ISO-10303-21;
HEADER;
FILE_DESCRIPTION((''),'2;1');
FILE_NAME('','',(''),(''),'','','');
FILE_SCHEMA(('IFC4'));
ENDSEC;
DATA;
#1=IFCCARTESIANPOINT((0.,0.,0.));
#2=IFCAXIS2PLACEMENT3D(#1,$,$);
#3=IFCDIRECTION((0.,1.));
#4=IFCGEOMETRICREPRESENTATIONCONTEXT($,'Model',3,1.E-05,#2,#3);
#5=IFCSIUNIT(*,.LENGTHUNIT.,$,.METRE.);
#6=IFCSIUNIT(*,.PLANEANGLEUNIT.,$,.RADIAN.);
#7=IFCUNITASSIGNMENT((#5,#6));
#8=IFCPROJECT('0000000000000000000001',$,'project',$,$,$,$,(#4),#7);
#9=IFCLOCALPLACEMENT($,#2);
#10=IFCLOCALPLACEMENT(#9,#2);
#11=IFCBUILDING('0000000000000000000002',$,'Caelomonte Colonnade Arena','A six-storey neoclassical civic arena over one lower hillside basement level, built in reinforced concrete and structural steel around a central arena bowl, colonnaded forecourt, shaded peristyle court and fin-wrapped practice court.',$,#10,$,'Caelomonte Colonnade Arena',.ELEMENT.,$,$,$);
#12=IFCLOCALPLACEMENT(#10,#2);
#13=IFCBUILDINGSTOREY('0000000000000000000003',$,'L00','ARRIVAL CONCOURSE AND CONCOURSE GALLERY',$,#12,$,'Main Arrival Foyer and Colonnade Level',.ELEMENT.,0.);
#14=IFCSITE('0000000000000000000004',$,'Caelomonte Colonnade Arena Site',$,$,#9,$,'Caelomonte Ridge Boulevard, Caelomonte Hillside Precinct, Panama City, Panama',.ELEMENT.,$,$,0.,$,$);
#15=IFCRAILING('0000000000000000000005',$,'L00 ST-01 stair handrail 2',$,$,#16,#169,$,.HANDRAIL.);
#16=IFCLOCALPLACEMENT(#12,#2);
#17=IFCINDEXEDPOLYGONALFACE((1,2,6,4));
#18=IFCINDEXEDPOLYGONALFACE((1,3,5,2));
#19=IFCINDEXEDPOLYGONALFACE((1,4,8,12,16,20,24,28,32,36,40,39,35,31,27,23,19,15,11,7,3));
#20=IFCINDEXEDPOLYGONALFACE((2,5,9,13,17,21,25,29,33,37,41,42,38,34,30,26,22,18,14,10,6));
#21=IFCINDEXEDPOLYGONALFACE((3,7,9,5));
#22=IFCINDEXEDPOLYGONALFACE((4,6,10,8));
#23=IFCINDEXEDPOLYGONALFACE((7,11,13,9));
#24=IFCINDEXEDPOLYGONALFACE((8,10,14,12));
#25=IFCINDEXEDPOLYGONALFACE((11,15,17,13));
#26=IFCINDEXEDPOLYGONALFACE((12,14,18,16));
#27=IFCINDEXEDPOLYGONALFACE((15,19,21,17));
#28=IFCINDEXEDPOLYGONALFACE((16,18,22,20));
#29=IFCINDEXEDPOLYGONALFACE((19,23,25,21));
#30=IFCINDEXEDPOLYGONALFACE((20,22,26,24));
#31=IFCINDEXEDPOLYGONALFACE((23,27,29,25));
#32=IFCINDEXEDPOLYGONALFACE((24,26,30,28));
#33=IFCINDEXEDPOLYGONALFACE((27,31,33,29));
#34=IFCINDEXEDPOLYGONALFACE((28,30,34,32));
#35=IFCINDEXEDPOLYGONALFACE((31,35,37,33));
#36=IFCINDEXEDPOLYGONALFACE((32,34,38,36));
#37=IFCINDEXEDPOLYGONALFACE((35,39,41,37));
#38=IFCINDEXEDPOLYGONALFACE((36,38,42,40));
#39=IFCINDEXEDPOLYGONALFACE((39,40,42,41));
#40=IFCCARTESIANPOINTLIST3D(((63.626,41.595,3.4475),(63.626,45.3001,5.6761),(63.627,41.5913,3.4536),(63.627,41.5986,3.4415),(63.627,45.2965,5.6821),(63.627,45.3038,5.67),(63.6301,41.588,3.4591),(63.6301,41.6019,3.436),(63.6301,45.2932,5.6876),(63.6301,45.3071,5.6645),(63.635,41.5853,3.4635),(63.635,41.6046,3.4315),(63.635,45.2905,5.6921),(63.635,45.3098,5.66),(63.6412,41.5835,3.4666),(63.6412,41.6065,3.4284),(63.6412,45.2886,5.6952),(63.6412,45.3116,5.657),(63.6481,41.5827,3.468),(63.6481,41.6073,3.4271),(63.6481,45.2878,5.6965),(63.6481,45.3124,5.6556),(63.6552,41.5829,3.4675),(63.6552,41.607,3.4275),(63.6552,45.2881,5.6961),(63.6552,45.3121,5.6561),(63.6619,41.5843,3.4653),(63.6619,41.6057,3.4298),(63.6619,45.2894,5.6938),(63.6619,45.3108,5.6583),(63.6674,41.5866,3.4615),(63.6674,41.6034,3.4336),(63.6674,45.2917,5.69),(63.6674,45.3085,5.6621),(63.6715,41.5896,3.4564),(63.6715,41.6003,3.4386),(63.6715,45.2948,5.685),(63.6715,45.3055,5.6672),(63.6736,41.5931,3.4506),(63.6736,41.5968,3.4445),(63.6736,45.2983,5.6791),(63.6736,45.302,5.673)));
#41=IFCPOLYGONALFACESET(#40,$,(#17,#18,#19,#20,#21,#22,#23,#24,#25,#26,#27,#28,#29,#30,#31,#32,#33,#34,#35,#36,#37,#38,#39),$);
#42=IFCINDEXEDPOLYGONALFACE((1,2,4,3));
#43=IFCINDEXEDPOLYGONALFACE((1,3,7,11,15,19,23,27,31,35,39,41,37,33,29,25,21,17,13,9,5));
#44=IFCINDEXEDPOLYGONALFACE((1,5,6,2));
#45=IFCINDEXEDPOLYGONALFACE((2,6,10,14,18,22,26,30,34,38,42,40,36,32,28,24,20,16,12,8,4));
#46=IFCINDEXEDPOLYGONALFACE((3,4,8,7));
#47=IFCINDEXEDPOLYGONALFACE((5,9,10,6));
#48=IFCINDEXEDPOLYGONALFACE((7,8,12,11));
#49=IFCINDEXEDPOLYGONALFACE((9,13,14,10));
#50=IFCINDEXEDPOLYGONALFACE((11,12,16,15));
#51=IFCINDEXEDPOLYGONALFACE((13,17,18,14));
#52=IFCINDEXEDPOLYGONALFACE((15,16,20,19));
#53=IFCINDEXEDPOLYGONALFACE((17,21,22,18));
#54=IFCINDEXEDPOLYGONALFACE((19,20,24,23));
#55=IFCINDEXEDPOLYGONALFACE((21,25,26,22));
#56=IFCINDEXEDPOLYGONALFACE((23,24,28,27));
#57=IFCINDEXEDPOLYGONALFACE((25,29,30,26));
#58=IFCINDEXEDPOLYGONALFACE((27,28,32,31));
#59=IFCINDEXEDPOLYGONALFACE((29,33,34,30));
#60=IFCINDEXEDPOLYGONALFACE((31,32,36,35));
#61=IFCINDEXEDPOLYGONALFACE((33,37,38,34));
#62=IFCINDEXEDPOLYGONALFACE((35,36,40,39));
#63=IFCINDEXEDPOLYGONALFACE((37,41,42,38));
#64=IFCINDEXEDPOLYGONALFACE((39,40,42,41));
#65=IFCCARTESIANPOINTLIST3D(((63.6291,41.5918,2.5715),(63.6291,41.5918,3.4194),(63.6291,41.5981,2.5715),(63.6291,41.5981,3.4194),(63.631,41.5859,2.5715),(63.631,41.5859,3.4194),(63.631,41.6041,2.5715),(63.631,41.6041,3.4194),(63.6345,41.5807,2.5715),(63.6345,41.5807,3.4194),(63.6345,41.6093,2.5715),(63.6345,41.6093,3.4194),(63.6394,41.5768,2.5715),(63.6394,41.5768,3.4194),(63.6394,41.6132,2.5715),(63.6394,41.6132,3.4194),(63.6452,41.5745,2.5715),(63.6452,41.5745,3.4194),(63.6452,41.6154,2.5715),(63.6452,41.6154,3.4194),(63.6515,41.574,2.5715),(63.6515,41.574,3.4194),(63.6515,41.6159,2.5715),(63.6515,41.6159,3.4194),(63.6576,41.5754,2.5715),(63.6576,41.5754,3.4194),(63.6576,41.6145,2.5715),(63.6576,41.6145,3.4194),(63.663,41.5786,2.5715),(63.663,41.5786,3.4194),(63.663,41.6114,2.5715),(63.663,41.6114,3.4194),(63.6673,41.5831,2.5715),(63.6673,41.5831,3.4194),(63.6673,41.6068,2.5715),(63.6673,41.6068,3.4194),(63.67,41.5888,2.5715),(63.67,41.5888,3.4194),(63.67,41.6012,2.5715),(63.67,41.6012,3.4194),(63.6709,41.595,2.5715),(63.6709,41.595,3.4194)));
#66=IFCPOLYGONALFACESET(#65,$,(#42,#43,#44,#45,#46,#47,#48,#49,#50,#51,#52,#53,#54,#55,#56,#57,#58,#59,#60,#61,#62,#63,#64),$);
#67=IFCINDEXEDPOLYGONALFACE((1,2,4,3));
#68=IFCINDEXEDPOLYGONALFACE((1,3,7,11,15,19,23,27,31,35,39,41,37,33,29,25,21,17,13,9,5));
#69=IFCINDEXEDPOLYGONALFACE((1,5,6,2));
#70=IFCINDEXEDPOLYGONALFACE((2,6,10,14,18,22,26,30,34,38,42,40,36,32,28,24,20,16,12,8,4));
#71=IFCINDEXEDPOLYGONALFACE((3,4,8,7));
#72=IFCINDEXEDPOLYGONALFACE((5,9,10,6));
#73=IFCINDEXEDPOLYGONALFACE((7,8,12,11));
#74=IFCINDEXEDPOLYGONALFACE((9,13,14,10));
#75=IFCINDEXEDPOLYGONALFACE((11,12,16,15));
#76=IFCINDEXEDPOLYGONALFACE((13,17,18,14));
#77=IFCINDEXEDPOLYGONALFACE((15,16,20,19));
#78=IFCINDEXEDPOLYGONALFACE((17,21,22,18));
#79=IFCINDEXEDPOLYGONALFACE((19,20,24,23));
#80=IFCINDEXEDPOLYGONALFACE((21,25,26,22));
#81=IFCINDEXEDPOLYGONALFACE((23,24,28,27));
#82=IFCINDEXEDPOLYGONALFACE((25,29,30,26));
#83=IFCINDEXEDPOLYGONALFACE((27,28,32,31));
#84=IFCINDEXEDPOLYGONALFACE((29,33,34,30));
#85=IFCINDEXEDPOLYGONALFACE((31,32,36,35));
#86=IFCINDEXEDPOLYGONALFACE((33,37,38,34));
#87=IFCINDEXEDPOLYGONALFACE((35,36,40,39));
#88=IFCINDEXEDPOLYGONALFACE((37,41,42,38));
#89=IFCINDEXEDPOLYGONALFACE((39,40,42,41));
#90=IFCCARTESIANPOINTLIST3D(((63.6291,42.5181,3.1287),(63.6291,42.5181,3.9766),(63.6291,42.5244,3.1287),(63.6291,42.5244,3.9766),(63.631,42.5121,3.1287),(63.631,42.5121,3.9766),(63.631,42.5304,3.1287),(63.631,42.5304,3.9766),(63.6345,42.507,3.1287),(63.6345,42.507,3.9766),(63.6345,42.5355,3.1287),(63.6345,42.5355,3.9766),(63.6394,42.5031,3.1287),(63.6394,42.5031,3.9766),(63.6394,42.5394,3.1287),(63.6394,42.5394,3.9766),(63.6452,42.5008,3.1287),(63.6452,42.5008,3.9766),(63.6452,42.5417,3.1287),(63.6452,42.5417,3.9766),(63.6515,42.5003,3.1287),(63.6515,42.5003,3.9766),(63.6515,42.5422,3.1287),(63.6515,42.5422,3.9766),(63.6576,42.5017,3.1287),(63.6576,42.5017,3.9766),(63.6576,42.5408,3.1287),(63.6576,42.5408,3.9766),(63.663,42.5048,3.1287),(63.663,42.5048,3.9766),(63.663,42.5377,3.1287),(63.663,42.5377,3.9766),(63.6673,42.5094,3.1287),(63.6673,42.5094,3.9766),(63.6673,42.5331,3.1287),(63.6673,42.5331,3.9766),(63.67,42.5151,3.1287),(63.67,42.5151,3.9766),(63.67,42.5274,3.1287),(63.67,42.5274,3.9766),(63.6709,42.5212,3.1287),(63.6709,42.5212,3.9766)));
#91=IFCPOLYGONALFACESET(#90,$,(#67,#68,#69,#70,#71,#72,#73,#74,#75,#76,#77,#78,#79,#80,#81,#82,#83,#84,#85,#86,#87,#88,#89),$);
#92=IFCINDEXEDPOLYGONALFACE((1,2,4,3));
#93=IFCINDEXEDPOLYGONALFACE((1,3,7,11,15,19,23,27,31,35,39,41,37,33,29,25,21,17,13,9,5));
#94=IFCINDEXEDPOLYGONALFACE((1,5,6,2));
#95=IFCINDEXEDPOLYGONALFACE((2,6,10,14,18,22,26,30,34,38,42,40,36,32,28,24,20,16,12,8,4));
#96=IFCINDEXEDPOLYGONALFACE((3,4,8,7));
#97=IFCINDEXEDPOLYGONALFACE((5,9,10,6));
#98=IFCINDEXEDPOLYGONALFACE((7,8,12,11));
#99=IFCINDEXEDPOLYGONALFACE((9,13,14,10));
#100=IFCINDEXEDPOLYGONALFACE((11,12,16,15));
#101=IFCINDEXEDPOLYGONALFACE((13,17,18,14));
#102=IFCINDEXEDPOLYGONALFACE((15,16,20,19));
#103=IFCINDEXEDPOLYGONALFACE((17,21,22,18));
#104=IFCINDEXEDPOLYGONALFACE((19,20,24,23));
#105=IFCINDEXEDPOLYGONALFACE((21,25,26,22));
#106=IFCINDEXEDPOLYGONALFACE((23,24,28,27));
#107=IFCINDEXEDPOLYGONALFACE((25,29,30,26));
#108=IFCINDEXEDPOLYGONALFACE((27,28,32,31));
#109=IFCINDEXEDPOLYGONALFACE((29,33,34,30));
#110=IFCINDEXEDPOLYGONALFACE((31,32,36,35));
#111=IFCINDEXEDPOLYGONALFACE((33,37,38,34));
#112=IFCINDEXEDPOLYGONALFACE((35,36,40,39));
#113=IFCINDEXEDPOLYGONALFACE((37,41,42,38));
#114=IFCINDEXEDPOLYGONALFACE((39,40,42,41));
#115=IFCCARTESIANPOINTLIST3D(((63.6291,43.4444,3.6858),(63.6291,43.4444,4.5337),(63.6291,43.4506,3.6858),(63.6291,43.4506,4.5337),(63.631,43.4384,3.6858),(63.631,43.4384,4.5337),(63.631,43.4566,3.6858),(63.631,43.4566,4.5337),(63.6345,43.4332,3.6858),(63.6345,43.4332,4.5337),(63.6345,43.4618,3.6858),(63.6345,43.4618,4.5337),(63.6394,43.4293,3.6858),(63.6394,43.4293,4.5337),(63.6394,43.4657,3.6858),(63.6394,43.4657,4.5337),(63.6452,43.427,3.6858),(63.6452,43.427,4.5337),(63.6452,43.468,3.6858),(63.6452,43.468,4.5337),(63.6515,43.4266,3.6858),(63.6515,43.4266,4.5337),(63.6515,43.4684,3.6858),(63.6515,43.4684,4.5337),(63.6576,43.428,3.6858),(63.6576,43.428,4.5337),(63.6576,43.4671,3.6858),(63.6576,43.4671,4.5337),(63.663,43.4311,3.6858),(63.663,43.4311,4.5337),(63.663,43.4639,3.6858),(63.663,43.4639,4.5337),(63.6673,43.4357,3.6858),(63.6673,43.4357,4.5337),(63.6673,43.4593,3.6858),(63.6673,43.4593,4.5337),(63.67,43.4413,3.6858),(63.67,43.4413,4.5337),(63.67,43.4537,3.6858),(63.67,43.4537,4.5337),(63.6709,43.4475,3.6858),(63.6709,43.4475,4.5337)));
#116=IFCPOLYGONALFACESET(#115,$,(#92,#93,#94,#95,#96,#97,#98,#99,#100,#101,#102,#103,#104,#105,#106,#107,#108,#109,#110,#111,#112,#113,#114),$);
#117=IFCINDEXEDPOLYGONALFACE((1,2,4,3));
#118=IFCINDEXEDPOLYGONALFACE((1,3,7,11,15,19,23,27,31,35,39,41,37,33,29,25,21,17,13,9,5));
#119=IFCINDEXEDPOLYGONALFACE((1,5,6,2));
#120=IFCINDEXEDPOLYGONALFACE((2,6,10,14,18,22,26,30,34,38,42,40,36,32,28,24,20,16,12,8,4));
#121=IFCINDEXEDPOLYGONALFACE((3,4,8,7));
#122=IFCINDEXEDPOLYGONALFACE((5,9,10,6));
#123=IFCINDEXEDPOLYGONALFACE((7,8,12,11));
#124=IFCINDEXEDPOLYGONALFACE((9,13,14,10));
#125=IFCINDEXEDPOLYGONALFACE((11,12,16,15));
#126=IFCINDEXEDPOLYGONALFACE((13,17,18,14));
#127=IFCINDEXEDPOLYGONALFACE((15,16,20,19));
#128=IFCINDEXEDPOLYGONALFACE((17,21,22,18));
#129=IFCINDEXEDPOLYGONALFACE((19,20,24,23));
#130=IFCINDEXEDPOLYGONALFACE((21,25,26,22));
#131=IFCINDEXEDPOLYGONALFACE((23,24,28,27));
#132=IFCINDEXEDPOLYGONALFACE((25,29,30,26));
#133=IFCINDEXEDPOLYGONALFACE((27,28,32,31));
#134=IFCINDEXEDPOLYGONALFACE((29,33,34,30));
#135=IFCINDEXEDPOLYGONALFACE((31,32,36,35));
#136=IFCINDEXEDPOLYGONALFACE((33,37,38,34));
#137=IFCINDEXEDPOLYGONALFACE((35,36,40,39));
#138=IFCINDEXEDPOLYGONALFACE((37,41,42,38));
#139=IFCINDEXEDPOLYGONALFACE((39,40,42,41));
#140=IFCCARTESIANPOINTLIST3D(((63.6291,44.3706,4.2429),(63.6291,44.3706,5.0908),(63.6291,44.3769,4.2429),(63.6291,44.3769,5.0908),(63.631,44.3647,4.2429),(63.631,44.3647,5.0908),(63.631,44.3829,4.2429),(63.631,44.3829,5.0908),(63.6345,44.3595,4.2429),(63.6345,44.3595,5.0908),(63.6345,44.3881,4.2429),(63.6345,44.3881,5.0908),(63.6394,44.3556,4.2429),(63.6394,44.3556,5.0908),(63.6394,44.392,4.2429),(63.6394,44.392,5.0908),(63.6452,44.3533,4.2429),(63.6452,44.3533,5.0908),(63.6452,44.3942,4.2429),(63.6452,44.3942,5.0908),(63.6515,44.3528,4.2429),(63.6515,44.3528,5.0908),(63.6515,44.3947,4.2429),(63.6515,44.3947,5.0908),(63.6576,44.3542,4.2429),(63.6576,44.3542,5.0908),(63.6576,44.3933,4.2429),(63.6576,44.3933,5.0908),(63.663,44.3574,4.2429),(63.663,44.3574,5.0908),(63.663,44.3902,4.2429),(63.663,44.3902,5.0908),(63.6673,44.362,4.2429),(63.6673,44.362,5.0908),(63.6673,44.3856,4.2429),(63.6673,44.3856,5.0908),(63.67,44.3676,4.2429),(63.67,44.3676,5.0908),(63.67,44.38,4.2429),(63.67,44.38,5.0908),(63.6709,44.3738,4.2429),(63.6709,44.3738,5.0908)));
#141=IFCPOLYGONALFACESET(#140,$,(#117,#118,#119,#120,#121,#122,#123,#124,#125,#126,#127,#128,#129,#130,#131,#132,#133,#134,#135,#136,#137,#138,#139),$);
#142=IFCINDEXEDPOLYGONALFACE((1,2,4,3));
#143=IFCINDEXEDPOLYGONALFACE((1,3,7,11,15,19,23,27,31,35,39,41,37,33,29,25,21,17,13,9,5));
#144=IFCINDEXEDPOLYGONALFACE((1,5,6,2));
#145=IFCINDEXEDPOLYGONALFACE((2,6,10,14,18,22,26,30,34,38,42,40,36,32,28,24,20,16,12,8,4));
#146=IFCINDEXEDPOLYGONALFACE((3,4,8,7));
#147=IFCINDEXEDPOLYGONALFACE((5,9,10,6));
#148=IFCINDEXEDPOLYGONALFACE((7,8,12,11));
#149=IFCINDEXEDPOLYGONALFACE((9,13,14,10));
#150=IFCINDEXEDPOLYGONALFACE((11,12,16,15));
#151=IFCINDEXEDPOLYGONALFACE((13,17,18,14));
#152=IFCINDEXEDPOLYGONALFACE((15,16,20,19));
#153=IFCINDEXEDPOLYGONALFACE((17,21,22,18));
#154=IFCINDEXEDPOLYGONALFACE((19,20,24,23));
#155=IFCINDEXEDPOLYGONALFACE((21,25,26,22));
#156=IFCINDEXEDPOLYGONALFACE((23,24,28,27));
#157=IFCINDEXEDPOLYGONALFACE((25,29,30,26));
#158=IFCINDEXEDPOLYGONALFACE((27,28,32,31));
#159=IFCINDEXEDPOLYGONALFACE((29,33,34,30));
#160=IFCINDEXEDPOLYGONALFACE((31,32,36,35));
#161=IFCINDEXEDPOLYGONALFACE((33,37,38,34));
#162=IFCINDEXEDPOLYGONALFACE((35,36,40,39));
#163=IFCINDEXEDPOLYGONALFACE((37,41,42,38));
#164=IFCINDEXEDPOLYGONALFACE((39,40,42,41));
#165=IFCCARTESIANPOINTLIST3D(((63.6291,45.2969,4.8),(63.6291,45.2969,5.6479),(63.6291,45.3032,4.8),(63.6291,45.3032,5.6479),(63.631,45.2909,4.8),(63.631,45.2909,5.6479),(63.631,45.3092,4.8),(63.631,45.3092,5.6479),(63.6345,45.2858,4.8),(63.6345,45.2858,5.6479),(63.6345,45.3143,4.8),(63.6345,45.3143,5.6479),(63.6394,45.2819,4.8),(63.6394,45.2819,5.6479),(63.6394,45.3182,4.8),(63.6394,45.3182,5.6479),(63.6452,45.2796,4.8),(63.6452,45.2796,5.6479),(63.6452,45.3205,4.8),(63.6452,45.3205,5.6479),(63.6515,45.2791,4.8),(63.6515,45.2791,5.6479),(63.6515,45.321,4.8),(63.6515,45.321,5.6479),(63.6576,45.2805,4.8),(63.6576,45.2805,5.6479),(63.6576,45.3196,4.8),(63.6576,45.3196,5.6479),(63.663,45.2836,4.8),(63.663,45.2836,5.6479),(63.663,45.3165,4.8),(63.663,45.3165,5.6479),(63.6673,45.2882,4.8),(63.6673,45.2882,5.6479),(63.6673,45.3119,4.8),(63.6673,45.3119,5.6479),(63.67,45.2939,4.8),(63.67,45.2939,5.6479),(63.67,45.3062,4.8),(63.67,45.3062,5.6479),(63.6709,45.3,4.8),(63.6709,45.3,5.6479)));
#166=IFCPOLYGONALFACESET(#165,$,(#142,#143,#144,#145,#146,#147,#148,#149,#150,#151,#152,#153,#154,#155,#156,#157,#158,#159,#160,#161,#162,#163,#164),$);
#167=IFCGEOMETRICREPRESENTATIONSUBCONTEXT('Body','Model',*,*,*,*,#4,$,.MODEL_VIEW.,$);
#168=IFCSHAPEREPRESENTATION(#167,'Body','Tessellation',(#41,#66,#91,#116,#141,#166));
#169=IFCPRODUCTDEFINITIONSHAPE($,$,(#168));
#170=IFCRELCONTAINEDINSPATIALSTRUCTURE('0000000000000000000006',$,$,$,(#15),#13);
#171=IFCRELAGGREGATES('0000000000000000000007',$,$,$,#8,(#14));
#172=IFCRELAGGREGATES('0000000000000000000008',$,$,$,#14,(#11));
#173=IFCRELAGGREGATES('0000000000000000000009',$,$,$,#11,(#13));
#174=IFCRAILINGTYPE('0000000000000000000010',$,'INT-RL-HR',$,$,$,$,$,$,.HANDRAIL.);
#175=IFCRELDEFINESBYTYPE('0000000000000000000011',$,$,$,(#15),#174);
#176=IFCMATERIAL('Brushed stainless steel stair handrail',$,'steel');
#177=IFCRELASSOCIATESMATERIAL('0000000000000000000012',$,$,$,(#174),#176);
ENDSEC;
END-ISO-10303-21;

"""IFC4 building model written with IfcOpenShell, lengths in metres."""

from ifc_helpers import new_model, si_unit, direction, frame, origin, origin_2d, place, context, subcontext, project, spatial, circle, extrude, material, type_object, element, save


model = new_model("IFC4")

# Units and contexts
model_context = context("Model", 3, precision=1e-05, world=origin(), true_north=direction((0.0, 1.0)))
body_context = subcontext(model_context, "Body", "Model", "MODEL_VIEW")
ifc_project = project(units=[si_unit("LENGTHUNIT", "METRE"), si_unit("PLANEANGLEUNIT", "RADIAN")], contexts=[model_context])

# Site, building, storey
site_placement = place(None, origin())
site = spatial("IfcSite", under=ifc_project, at=site_placement, Name="Caelomonte Colonnade Arena Site", LongName="Caelomonte Ridge Boulevard, Caelomonte Hillside Precinct, Panama City, Panama", CompositionType="ELEMENT", RefElevation=0.0)
building_placement = place(site_placement, origin())
building = spatial("IfcBuilding", under=site, at=building_placement, Name="Caelomonte Colonnade Arena", Description="A six-storey neoclassical civic arena over one lower hillside basement level, built in reinforced concrete and structural steel around a central arena bowl, colonnaded forecourt, shaded peristyle court and fin-wrapped practice court.", LongName="Caelomonte Colonnade Arena", CompositionType="ELEMENT")
storey_placement = place(building_placement, origin())
storey = spatial("IfcBuildingStorey", under=building, at=storey_placement, Name="L00", Description="ARRIVAL CONCOURSE AND CONCOURSE GALLERY", LongName="Main Arrival Foyer and Colonnade Level", CompositionType="ELEMENT", Elevation=0.0)

# Railing
ifc_material_1 = material(Name="Brushed stainless steel stair handrail", Category="steel")
railing_type_1 = type_object("IfcRailingType", Name="INT-RL-HR", PredefinedType="HANDRAIL", material=ifc_material_1)
railing_1_placement = place(storey_placement, frame((63.6499, 41.595, 2.5715)))
element("IfcRailing", 1, at=railing_1_placement, inside=storey, type_object=railing_type_1, Name="L00 ST-01 stair handrail 2", PredefinedType="HANDRAIL", context=body_context, shape_type="SweptSolid", body=[
    extrude(circle(Radius=0.0239, at=origin_2d()), frame((0.0, 0.0, 0.876), z_axis=(0.0, 0.856934, 0.515425), x_axis=(-1.0, 0.0, 0.0)), (0.0, 0.0, 1.0), 4.3237),
    extrude(circle(Radius=0.021, at=origin_2d()), origin(), (0.0, 0.0, 1.0), 0.8479),
    extrude(circle(Radius=0.021, at=origin_2d()), frame((0.0, 0.9263, 0.5571)), (0.0, 0.0, 1.0), 0.8479),
    extrude(circle(Radius=0.021, at=origin_2d()), frame((0.0, 1.8525, 1.1143)), (0.0, 0.0, 1.0), 0.8479),
    extrude(circle(Radius=0.021, at=origin_2d()), frame((0.0, 2.7788, 1.6714)), (0.0, 0.0, 1.0), 0.8479),
    extrude(circle(Radius=0.021, at=origin_2d()), frame((0.0, 3.7051, 2.2285)), (0.0, 0.0, 1.0), 0.8479),
])

save(model, "model.ifc")
